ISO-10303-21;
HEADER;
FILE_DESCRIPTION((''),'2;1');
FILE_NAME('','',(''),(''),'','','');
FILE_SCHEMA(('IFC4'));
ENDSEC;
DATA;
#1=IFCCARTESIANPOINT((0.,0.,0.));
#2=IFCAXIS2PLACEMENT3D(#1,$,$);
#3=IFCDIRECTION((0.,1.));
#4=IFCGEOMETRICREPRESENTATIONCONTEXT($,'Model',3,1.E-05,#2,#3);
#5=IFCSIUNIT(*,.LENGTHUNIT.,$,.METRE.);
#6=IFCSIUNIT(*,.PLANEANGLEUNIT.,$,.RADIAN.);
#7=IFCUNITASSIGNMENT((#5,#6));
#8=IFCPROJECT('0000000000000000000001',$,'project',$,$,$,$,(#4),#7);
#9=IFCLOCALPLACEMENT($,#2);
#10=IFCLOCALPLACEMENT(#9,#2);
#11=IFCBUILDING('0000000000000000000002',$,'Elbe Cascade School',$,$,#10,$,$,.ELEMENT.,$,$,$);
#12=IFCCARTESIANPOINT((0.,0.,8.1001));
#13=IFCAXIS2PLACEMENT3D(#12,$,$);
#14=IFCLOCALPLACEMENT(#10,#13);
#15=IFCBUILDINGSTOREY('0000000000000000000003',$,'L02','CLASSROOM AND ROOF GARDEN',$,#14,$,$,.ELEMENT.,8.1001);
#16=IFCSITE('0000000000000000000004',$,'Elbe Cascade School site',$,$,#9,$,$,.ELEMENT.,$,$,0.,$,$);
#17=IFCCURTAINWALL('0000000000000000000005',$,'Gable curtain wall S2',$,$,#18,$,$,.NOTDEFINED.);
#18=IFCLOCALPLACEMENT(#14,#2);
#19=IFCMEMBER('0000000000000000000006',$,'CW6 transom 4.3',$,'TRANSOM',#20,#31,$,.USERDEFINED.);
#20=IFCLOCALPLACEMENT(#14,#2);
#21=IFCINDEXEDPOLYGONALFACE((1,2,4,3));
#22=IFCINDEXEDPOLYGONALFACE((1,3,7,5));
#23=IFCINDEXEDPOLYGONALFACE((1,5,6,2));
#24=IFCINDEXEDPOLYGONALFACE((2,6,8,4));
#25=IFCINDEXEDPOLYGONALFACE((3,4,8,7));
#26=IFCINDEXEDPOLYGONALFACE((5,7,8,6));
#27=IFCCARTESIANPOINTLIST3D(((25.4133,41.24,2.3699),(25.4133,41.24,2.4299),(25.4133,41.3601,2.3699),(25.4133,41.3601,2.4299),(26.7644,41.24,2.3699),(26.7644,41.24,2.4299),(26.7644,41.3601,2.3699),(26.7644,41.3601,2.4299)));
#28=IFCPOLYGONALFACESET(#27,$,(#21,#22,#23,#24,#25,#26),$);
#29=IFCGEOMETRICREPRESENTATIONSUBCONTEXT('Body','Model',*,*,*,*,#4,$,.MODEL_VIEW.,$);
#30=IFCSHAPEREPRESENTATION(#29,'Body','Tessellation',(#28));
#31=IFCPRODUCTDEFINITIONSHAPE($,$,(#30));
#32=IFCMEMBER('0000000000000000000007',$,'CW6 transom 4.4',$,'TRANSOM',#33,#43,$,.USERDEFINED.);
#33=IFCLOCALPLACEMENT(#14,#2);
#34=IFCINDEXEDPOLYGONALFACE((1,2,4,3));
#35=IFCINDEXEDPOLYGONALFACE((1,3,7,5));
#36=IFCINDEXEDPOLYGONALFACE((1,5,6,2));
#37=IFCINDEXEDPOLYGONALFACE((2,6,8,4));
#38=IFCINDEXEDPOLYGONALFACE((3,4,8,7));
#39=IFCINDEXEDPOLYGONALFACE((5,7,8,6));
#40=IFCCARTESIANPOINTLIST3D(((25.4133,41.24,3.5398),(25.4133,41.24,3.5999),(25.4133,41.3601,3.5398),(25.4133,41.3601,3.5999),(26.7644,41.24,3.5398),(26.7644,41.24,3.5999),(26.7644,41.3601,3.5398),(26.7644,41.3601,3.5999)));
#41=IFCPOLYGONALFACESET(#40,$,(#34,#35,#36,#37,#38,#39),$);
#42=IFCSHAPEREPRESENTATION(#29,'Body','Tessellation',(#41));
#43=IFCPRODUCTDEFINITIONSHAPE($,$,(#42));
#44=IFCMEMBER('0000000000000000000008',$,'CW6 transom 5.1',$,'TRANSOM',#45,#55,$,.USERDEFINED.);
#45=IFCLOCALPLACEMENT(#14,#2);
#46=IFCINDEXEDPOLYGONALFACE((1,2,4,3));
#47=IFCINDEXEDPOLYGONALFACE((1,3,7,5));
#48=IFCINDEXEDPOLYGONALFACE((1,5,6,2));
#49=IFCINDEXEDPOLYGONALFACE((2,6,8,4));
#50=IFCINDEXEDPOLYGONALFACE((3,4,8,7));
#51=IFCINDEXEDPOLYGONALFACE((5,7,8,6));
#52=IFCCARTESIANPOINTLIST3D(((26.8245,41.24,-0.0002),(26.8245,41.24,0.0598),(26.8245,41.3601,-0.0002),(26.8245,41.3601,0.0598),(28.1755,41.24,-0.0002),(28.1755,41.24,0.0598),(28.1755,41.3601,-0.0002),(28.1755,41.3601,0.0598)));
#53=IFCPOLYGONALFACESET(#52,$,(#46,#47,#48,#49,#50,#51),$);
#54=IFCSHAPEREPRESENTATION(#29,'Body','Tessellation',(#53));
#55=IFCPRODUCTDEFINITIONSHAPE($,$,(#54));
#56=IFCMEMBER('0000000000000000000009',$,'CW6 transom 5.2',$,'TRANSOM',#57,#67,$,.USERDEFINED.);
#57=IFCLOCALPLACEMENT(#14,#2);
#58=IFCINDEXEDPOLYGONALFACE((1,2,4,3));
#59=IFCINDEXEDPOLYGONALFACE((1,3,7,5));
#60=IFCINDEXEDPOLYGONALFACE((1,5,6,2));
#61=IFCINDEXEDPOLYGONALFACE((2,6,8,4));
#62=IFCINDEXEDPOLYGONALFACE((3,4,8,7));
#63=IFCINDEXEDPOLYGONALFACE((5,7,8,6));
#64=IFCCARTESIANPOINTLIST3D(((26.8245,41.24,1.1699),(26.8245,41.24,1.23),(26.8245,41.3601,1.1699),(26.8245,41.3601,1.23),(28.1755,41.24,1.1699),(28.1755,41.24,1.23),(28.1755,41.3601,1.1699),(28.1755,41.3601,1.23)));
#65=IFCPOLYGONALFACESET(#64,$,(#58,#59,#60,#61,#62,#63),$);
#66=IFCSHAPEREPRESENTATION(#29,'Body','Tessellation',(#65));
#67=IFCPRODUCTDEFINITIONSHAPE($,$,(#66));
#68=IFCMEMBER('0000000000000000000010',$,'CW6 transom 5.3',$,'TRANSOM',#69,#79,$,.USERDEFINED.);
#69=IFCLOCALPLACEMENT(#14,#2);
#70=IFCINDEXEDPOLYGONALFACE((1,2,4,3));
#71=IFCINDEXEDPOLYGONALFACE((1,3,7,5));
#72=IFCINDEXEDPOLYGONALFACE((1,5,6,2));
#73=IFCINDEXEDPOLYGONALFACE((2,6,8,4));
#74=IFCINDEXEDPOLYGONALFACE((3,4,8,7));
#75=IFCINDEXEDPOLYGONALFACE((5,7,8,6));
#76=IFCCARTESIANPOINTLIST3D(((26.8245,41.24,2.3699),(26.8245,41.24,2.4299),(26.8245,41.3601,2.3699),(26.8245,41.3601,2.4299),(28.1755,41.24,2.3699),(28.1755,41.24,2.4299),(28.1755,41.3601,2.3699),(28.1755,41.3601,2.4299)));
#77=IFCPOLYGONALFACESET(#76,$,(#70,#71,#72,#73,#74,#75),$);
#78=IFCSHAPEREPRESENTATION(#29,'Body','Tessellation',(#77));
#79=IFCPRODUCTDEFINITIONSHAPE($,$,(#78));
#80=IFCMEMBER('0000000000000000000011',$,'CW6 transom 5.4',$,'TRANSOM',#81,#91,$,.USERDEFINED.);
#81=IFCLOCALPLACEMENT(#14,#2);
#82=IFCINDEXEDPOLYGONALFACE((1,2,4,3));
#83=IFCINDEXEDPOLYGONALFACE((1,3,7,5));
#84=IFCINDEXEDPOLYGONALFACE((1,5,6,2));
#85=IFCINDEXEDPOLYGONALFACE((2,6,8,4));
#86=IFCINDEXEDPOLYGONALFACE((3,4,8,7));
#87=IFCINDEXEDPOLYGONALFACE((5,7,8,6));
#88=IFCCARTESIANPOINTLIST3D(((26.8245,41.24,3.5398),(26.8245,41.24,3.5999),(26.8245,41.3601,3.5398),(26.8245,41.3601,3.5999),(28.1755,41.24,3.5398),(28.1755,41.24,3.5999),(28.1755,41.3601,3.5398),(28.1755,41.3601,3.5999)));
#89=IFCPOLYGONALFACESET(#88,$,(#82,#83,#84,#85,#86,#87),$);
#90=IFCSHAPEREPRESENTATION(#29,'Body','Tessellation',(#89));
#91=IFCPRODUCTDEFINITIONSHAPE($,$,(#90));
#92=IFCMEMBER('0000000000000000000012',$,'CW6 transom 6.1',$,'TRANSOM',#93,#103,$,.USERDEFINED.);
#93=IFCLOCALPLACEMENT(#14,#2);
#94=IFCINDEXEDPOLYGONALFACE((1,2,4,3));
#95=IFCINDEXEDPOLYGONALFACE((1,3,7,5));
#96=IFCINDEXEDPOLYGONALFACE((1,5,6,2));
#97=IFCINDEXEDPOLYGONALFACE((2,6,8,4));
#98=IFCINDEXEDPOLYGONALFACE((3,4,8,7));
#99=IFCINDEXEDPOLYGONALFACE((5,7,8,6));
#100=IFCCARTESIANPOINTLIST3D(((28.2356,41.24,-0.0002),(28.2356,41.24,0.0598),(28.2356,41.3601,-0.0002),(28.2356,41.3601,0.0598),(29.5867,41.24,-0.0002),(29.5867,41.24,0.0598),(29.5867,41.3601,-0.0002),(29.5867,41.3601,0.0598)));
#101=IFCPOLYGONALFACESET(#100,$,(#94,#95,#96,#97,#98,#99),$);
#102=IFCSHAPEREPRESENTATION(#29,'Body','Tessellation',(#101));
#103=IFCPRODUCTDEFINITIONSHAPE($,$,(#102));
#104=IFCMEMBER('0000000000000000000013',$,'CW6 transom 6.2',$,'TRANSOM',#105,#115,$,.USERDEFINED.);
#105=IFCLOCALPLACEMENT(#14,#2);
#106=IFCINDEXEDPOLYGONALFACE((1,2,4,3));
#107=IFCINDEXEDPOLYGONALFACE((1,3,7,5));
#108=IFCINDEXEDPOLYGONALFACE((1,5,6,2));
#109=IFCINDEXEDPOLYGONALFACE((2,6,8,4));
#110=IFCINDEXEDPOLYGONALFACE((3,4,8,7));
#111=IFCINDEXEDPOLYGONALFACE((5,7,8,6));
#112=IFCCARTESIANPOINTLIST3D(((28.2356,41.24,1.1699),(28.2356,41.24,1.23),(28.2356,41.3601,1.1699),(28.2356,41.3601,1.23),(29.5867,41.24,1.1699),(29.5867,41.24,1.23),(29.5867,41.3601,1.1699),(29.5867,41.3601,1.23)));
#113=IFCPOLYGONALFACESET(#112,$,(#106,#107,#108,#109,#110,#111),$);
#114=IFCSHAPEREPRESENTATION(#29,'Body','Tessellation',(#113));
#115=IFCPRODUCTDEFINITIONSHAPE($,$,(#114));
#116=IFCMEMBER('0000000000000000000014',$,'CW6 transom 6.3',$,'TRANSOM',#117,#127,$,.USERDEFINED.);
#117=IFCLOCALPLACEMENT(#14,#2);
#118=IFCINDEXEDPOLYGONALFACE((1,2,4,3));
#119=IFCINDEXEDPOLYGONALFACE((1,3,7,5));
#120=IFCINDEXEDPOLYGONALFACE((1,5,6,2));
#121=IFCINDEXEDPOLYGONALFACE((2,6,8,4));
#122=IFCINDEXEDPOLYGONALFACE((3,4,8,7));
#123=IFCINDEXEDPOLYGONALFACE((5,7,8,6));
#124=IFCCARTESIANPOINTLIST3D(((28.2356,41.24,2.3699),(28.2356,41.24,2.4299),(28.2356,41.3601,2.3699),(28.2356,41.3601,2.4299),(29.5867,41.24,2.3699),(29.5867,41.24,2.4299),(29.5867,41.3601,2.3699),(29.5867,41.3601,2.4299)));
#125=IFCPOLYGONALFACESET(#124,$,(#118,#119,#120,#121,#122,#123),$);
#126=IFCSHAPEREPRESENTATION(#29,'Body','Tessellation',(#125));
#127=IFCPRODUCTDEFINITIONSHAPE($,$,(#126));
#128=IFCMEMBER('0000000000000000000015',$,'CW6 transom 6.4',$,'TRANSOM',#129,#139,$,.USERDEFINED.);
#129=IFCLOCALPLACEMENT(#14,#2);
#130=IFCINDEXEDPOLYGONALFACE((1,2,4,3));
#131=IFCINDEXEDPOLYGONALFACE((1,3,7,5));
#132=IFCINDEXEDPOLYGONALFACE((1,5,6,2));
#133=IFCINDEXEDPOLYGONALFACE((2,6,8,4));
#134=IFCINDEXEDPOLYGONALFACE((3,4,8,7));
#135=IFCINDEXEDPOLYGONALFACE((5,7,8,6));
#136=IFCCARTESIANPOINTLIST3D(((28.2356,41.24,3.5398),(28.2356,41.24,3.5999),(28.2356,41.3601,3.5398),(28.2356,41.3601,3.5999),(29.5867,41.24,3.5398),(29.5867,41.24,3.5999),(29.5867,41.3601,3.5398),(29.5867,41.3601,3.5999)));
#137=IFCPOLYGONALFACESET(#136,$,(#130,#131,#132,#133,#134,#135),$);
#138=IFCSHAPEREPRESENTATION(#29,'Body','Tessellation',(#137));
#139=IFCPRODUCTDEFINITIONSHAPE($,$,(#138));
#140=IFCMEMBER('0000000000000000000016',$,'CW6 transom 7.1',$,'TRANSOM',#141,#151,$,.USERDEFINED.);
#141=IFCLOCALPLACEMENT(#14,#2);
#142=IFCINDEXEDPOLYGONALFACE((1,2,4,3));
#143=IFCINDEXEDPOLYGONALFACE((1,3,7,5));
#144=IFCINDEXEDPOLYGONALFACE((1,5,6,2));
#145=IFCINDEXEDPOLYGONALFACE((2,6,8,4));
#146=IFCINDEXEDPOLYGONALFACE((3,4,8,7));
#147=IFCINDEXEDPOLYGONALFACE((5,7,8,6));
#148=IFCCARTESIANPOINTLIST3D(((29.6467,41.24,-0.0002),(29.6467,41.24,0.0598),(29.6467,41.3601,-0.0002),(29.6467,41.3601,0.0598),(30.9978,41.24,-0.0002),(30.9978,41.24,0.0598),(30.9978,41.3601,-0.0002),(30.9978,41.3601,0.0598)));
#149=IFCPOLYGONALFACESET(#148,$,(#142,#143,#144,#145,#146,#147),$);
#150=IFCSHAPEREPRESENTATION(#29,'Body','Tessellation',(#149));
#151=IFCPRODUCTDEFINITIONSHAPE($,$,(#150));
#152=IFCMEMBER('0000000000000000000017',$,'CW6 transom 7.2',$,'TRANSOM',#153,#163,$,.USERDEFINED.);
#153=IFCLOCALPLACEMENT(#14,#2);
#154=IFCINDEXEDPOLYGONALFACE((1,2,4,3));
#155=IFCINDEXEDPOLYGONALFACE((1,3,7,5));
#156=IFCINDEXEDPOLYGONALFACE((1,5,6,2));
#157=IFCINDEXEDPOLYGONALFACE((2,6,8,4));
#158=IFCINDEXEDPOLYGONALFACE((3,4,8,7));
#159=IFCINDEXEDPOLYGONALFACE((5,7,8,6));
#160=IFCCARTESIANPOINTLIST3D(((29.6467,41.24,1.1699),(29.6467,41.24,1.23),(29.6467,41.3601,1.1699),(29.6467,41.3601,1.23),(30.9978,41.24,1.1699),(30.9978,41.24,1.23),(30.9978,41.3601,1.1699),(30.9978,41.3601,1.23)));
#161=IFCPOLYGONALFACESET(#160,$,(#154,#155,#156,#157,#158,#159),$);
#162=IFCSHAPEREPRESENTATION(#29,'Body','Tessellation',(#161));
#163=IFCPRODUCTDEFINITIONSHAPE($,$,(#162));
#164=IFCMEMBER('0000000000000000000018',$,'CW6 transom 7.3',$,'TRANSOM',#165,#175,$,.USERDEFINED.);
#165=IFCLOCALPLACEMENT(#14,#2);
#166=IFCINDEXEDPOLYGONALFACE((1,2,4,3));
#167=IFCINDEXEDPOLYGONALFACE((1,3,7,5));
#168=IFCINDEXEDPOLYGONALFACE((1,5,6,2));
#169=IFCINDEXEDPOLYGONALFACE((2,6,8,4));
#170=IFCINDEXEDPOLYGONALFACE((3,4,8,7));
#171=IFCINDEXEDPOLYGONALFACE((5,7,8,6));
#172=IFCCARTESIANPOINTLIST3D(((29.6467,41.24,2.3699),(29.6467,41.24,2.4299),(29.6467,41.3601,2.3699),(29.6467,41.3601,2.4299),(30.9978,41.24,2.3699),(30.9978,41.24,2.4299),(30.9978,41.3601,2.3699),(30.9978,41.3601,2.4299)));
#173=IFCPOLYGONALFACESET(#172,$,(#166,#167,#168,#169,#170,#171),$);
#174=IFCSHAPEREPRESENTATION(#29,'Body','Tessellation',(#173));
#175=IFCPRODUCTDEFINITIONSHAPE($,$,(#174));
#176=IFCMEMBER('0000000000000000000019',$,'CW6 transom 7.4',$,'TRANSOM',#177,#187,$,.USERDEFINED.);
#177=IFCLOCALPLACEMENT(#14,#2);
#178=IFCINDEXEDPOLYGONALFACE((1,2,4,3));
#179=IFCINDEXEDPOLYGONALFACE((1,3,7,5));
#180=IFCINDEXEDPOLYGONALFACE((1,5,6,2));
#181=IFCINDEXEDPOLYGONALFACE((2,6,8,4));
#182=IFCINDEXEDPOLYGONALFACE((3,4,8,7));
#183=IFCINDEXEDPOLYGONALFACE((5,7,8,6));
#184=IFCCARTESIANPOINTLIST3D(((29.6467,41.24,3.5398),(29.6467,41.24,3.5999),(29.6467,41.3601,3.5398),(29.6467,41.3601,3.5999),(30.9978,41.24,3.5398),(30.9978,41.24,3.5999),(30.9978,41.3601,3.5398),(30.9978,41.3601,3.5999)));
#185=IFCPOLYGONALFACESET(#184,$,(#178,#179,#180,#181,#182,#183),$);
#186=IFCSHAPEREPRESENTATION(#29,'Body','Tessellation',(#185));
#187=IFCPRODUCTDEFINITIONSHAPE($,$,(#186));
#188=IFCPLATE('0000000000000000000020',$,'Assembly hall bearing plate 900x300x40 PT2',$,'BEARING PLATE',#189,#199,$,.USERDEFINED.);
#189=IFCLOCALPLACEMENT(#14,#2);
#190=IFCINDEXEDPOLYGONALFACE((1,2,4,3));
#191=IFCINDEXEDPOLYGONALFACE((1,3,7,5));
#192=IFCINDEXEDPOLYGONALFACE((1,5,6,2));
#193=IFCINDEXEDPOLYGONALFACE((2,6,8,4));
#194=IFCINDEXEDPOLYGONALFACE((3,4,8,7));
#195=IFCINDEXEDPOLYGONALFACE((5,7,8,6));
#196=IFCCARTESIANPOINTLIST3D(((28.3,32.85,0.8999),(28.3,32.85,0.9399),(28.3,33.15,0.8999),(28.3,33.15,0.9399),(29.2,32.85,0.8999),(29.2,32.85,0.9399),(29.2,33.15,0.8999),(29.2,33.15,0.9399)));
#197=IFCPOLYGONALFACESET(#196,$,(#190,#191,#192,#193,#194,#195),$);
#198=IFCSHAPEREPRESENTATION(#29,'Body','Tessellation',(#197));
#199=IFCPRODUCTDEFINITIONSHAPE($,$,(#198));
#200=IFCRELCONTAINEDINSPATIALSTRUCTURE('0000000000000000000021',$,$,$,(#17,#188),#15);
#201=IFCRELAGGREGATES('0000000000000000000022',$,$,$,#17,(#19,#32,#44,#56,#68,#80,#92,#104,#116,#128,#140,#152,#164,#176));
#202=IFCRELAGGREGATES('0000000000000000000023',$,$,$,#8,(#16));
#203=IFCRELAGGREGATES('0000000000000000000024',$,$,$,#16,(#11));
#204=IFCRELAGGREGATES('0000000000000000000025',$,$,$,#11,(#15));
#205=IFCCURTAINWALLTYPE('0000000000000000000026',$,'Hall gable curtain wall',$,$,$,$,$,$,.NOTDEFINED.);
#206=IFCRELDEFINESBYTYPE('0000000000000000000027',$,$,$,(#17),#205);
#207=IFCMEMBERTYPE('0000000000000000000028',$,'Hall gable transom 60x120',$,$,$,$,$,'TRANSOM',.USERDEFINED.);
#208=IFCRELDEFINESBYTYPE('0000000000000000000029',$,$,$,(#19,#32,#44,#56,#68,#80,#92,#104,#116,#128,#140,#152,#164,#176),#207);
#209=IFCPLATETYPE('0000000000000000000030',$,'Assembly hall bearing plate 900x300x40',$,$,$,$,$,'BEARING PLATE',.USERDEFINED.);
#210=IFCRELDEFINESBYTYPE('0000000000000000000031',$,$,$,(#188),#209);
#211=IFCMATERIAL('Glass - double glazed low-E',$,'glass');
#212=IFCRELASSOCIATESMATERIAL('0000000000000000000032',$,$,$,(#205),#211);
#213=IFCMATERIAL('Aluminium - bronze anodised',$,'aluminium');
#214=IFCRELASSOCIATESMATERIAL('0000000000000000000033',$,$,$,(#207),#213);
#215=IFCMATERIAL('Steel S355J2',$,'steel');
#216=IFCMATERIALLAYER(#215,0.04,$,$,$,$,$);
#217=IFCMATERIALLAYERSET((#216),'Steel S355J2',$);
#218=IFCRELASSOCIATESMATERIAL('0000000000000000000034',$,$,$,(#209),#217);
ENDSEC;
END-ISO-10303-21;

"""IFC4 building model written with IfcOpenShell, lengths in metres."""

from ifc_helpers import new_model, si_unit, direction, frame, origin, origin_2d, place, context, subcontext, project, spatial, rectangle, extrude, material, layer, layer_set, material_profile, profile_set, type_object, element, aggregate, save


model = new_model("IFC4")

# Units and contexts
model_context = context("Model", 3, precision=1e-05, world=origin(), true_north=direction((0.0, 1.0)))
body_context = subcontext(model_context, "Body", "Model", "MODEL_VIEW")
ifc_project = project(units=[si_unit("LENGTHUNIT", "METRE"), si_unit("PLANEANGLEUNIT", "RADIAN")], contexts=[model_context])

# Site, building, storey
site_placement = place(None, origin())
site = spatial("IfcSite", under=ifc_project, at=site_placement, Name="Elbe Cascade School site", CompositionType="ELEMENT", RefElevation=0.0)
building_placement = place(site_placement, origin())
building = spatial("IfcBuilding", under=site, at=building_placement, Name="Elbe Cascade School", CompositionType="ELEMENT")
storey_placement = place(building_placement, frame((0.0, 0.0, 8.1001)))
storey = spatial("IfcBuildingStorey", under=building, at=storey_placement, Name="L02", Description="CLASSROOM AND ROOF GARDEN", CompositionType="ELEMENT", Elevation=8.1001)

# Curtain wall, members
ifc_material_1 = material(Name="Glass - double glazed low-E", Category="glass")
curtain_wall_type = type_object("IfcCurtainWallType", Name="Hall gable curtain wall", PredefinedType="NOTDEFINED", material=ifc_material_1)
curtain_wall_placement = place(storey_placement, origin())
curtain_wall = element("IfcCurtainWall", 1, at=curtain_wall_placement, inside=storey, type_object=curtain_wall_type, Name="Gable curtain wall S2", PredefinedType="NOTDEFINED")
ifc_material_2 = material(Name="Aluminium - bronze anodised", Category="aluminium")
ifc_material_profile_1 = material_profile(ifc_material_2, rectangle(XDim=0.1201, YDim=0.0601, at=origin_2d()), Name="Alu 60x120")
ifc_profile_set_1 = profile_set([ifc_material_profile_1], Name="Aluminium - bronze anodised")
member_type_1 = type_object("IfcMemberType", Name="Hall gable transom 60x120", ElementType="TRANSOM", PredefinedType="USERDEFINED", material=ifc_profile_set_1)
member_1_placement = place(storey_placement, frame((25.4133, 41.3, 2.3999), z_axis=(1.0, 0.0, 0.0), x_axis=(0.0, 1.0, 0.0)))
member_1 = element("IfcMember", 2, at=member_1_placement, type_object=member_type_1, Name="CW6 transom 4.3", ObjectType="TRANSOM", PredefinedType="USERDEFINED", context=body_context, shape_type="SweptSolid", body=[
    extrude(rectangle(XDim=0.1201, YDim=0.0601, at=origin_2d()), origin(), (0.0, 0.0, 1.0), 1.3511),
])
member_2_placement = place(storey_placement, frame((25.4133, 41.3, 3.5698), z_axis=(1.0, 0.0, 0.0), x_axis=(0.0, 1.0, 0.0)))
member_2 = element("IfcMember", 3, at=member_2_placement, type_object=member_type_1, Name="CW6 transom 4.4", ObjectType="TRANSOM", PredefinedType="USERDEFINED", context=body_context, shape_type="SweptSolid", body=[
    extrude(rectangle(XDim=0.1201, YDim=0.0601, at=origin_2d()), origin(), (0.0, 0.0, 1.0), 1.3511),
])
member_3_placement = place(storey_placement, frame((26.8245, 41.3, 0.0298), z_axis=(1.0, 0.0, 0.0), x_axis=(0.0, 1.0, 0.0)))
member_3 = element("IfcMember", 4, at=member_3_placement, type_object=member_type_1, Name="CW6 transom 5.1", ObjectType="TRANSOM", PredefinedType="USERDEFINED", context=body_context, shape_type="SweptSolid", body=[
    extrude(rectangle(XDim=0.1201, YDim=0.0601, at=origin_2d()), origin(), (0.0, 0.0, 1.0), 1.3511),
])
member_4_placement = place(storey_placement, frame((26.8245, 41.3, 1.2), z_axis=(1.0, 0.0, 0.0), x_axis=(0.0, 1.0, 0.0)))
member_4 = element("IfcMember", 5, at=member_4_placement, type_object=member_type_1, Name="CW6 transom 5.2", ObjectType="TRANSOM", PredefinedType="USERDEFINED", context=body_context, shape_type="SweptSolid", body=[
    extrude(rectangle(XDim=0.1201, YDim=0.0601, at=origin_2d()), origin(), (0.0, 0.0, 1.0), 1.3511),
])
member_5_placement = place(storey_placement, frame((26.8245, 41.3, 2.3999), z_axis=(1.0, 0.0, 0.0), x_axis=(0.0, 1.0, 0.0)))
member_5 = element("IfcMember", 6, at=member_5_placement, type_object=member_type_1, Name="CW6 transom 5.3", ObjectType="TRANSOM", PredefinedType="USERDEFINED", context=body_context, shape_type="SweptSolid", body=[
    extrude(rectangle(XDim=0.1201, YDim=0.0601, at=origin_2d()), origin(), (0.0, 0.0, 1.0), 1.3511),
])
member_6_placement = place(storey_placement, frame((26.8245, 41.3, 3.5698), z_axis=(1.0, 0.0, 0.0), x_axis=(0.0, 1.0, 0.0)))
member_6 = element("IfcMember", 7, at=member_6_placement, type_object=member_type_1, Name="CW6 transom 5.4", ObjectType="TRANSOM", PredefinedType="USERDEFINED", context=body_context, shape_type="SweptSolid", body=[
    extrude(rectangle(XDim=0.1201, YDim=0.0601, at=origin_2d()), origin(), (0.0, 0.0, 1.0), 1.3511),
])
member_7_placement = place(storey_placement, frame((28.2356, 41.3, 0.0298), z_axis=(1.0, 0.0, 0.0), x_axis=(0.0, 1.0, 0.0)))
member_7 = element("IfcMember", 8, at=member_7_placement, type_object=member_type_1, Name="CW6 transom 6.1", ObjectType="TRANSOM", PredefinedType="USERDEFINED", context=body_context, shape_type="SweptSolid", body=[
    extrude(rectangle(XDim=0.1201, YDim=0.0601, at=origin_2d()), origin(), (0.0, 0.0, 1.0), 1.3511),
])
member_8_placement = place(storey_placement, frame((28.2356, 41.3, 1.2), z_axis=(1.0, 0.0, 0.0), x_axis=(0.0, 1.0, 0.0)))
member_8 = element("IfcMember", 9, at=member_8_placement, type_object=member_type_1, Name="CW6 transom 6.2", ObjectType="TRANSOM", PredefinedType="USERDEFINED", context=body_context, shape_type="SweptSolid", body=[
    extrude(rectangle(XDim=0.1201, YDim=0.0601, at=origin_2d()), origin(), (0.0, 0.0, 1.0), 1.3511),
])
member_9_placement = place(storey_placement, frame((28.2356, 41.3, 2.3999), z_axis=(1.0, 0.0, 0.0), x_axis=(0.0, 1.0, 0.0)))
member_9 = element("IfcMember", 10, at=member_9_placement, type_object=member_type_1, Name="CW6 transom 6.3", ObjectType="TRANSOM", PredefinedType="USERDEFINED", context=body_context, shape_type="SweptSolid", body=[
    extrude(rectangle(XDim=0.1201, YDim=0.0601, at=origin_2d()), origin(), (0.0, 0.0, 1.0), 1.3511),
])
member_10_placement = place(storey_placement, frame((28.2356, 41.3, 3.5698), z_axis=(1.0, 0.0, 0.0), x_axis=(0.0, 1.0, 0.0)))
member_10 = element("IfcMember", 11, at=member_10_placement, type_object=member_type_1, Name="CW6 transom 6.4", ObjectType="TRANSOM", PredefinedType="USERDEFINED", context=body_context, shape_type="SweptSolid", body=[
    extrude(rectangle(XDim=0.1201, YDim=0.0601, at=origin_2d()), origin(), (0.0, 0.0, 1.0), 1.3511),
])
member_11_placement = place(storey_placement, frame((29.6467, 41.3, 0.0298), z_axis=(1.0, 0.0, 0.0), x_axis=(0.0, 1.0, 0.0)))
member_11 = element("IfcMember", 12, at=member_11_placement, type_object=member_type_1, Name="CW6 transom 7.1", ObjectType="TRANSOM", PredefinedType="USERDEFINED", context=body_context, shape_type="SweptSolid", body=[
    extrude(rectangle(XDim=0.1201, YDim=0.0601, at=origin_2d()), origin(), (0.0, 0.0, 1.0), 1.3511),
])
member_12_placement = place(storey_placement, frame((29.6467, 41.3, 1.2), z_axis=(1.0, 0.0, 0.0), x_axis=(0.0, 1.0, 0.0)))
member_12 = element("IfcMember", 13, at=member_12_placement, type_object=member_type_1, Name="CW6 transom 7.2", ObjectType="TRANSOM", PredefinedType="USERDEFINED", context=body_context, shape_type="SweptSolid", body=[
    extrude(rectangle(XDim=0.1201, YDim=0.0601, at=origin_2d()), origin(), (0.0, 0.0, 1.0), 1.3511),
])
member_13_placement = place(storey_placement, frame((29.6467, 41.3, 2.3999), z_axis=(1.0, 0.0, 0.0), x_axis=(0.0, 1.0, 0.0)))
member_13 = element("IfcMember", 14, at=member_13_placement, type_object=member_type_1, Name="CW6 transom 7.3", ObjectType="TRANSOM", PredefinedType="USERDEFINED", context=body_context, shape_type="SweptSolid", body=[
    extrude(rectangle(XDim=0.1201, YDim=0.0601, at=origin_2d()), origin(), (0.0, 0.0, 1.0), 1.3511),
])
member_14_placement = place(storey_placement, frame((29.6467, 41.3, 3.5698), z_axis=(1.0, 0.0, 0.0), x_axis=(0.0, 1.0, 0.0)))
member_14 = element("IfcMember", 15, at=member_14_placement, type_object=member_type_1, Name="CW6 transom 7.4", ObjectType="TRANSOM", PredefinedType="USERDEFINED", context=body_context, shape_type="SweptSolid", body=[
    extrude(rectangle(XDim=0.1201, YDim=0.0601, at=origin_2d()), origin(), (0.0, 0.0, 1.0), 1.3511),
])

# Plate
ifc_material_3 = material(Name="Steel S355J2", Category="steel")
ifc_layer_1 = layer(ifc_material_3, 0.04)
ifc_layer_set_1 = layer_set([ifc_layer_1], Name="Steel S355J2")
plate_type_1 = type_object("IfcPlateType", Name="Assembly hall bearing plate 900x300x40", ElementType="BEARING PLATE", PredefinedType="USERDEFINED", material=ifc_layer_set_1)
plate_1_placement = place(storey_placement, frame((28.75, 33.0, 0.8999), z_axis=(0.0, 0.0, 1.0), x_axis=(1.0, 0.0, 0.0)))
element("IfcPlate", 16, at=plate_1_placement, inside=storey, type_object=plate_type_1, Name="Assembly hall bearing plate 900x300x40 PT2", ObjectType="BEARING PLATE", PredefinedType="USERDEFINED", context=body_context, shape_type="SweptSolid", body=[
    extrude(rectangle(XDim=0.8999, YDim=0.3, at=origin_2d()), origin(), (0.0, 0.0, 1.0), 0.04),
])
aggregate(curtain_wall, [member_1, member_2, member_3, member_4, member_5, member_6, member_7, member_8, member_9, member_10, member_11, member_12, member_13, member_14])

save(model, "model.ifc")
